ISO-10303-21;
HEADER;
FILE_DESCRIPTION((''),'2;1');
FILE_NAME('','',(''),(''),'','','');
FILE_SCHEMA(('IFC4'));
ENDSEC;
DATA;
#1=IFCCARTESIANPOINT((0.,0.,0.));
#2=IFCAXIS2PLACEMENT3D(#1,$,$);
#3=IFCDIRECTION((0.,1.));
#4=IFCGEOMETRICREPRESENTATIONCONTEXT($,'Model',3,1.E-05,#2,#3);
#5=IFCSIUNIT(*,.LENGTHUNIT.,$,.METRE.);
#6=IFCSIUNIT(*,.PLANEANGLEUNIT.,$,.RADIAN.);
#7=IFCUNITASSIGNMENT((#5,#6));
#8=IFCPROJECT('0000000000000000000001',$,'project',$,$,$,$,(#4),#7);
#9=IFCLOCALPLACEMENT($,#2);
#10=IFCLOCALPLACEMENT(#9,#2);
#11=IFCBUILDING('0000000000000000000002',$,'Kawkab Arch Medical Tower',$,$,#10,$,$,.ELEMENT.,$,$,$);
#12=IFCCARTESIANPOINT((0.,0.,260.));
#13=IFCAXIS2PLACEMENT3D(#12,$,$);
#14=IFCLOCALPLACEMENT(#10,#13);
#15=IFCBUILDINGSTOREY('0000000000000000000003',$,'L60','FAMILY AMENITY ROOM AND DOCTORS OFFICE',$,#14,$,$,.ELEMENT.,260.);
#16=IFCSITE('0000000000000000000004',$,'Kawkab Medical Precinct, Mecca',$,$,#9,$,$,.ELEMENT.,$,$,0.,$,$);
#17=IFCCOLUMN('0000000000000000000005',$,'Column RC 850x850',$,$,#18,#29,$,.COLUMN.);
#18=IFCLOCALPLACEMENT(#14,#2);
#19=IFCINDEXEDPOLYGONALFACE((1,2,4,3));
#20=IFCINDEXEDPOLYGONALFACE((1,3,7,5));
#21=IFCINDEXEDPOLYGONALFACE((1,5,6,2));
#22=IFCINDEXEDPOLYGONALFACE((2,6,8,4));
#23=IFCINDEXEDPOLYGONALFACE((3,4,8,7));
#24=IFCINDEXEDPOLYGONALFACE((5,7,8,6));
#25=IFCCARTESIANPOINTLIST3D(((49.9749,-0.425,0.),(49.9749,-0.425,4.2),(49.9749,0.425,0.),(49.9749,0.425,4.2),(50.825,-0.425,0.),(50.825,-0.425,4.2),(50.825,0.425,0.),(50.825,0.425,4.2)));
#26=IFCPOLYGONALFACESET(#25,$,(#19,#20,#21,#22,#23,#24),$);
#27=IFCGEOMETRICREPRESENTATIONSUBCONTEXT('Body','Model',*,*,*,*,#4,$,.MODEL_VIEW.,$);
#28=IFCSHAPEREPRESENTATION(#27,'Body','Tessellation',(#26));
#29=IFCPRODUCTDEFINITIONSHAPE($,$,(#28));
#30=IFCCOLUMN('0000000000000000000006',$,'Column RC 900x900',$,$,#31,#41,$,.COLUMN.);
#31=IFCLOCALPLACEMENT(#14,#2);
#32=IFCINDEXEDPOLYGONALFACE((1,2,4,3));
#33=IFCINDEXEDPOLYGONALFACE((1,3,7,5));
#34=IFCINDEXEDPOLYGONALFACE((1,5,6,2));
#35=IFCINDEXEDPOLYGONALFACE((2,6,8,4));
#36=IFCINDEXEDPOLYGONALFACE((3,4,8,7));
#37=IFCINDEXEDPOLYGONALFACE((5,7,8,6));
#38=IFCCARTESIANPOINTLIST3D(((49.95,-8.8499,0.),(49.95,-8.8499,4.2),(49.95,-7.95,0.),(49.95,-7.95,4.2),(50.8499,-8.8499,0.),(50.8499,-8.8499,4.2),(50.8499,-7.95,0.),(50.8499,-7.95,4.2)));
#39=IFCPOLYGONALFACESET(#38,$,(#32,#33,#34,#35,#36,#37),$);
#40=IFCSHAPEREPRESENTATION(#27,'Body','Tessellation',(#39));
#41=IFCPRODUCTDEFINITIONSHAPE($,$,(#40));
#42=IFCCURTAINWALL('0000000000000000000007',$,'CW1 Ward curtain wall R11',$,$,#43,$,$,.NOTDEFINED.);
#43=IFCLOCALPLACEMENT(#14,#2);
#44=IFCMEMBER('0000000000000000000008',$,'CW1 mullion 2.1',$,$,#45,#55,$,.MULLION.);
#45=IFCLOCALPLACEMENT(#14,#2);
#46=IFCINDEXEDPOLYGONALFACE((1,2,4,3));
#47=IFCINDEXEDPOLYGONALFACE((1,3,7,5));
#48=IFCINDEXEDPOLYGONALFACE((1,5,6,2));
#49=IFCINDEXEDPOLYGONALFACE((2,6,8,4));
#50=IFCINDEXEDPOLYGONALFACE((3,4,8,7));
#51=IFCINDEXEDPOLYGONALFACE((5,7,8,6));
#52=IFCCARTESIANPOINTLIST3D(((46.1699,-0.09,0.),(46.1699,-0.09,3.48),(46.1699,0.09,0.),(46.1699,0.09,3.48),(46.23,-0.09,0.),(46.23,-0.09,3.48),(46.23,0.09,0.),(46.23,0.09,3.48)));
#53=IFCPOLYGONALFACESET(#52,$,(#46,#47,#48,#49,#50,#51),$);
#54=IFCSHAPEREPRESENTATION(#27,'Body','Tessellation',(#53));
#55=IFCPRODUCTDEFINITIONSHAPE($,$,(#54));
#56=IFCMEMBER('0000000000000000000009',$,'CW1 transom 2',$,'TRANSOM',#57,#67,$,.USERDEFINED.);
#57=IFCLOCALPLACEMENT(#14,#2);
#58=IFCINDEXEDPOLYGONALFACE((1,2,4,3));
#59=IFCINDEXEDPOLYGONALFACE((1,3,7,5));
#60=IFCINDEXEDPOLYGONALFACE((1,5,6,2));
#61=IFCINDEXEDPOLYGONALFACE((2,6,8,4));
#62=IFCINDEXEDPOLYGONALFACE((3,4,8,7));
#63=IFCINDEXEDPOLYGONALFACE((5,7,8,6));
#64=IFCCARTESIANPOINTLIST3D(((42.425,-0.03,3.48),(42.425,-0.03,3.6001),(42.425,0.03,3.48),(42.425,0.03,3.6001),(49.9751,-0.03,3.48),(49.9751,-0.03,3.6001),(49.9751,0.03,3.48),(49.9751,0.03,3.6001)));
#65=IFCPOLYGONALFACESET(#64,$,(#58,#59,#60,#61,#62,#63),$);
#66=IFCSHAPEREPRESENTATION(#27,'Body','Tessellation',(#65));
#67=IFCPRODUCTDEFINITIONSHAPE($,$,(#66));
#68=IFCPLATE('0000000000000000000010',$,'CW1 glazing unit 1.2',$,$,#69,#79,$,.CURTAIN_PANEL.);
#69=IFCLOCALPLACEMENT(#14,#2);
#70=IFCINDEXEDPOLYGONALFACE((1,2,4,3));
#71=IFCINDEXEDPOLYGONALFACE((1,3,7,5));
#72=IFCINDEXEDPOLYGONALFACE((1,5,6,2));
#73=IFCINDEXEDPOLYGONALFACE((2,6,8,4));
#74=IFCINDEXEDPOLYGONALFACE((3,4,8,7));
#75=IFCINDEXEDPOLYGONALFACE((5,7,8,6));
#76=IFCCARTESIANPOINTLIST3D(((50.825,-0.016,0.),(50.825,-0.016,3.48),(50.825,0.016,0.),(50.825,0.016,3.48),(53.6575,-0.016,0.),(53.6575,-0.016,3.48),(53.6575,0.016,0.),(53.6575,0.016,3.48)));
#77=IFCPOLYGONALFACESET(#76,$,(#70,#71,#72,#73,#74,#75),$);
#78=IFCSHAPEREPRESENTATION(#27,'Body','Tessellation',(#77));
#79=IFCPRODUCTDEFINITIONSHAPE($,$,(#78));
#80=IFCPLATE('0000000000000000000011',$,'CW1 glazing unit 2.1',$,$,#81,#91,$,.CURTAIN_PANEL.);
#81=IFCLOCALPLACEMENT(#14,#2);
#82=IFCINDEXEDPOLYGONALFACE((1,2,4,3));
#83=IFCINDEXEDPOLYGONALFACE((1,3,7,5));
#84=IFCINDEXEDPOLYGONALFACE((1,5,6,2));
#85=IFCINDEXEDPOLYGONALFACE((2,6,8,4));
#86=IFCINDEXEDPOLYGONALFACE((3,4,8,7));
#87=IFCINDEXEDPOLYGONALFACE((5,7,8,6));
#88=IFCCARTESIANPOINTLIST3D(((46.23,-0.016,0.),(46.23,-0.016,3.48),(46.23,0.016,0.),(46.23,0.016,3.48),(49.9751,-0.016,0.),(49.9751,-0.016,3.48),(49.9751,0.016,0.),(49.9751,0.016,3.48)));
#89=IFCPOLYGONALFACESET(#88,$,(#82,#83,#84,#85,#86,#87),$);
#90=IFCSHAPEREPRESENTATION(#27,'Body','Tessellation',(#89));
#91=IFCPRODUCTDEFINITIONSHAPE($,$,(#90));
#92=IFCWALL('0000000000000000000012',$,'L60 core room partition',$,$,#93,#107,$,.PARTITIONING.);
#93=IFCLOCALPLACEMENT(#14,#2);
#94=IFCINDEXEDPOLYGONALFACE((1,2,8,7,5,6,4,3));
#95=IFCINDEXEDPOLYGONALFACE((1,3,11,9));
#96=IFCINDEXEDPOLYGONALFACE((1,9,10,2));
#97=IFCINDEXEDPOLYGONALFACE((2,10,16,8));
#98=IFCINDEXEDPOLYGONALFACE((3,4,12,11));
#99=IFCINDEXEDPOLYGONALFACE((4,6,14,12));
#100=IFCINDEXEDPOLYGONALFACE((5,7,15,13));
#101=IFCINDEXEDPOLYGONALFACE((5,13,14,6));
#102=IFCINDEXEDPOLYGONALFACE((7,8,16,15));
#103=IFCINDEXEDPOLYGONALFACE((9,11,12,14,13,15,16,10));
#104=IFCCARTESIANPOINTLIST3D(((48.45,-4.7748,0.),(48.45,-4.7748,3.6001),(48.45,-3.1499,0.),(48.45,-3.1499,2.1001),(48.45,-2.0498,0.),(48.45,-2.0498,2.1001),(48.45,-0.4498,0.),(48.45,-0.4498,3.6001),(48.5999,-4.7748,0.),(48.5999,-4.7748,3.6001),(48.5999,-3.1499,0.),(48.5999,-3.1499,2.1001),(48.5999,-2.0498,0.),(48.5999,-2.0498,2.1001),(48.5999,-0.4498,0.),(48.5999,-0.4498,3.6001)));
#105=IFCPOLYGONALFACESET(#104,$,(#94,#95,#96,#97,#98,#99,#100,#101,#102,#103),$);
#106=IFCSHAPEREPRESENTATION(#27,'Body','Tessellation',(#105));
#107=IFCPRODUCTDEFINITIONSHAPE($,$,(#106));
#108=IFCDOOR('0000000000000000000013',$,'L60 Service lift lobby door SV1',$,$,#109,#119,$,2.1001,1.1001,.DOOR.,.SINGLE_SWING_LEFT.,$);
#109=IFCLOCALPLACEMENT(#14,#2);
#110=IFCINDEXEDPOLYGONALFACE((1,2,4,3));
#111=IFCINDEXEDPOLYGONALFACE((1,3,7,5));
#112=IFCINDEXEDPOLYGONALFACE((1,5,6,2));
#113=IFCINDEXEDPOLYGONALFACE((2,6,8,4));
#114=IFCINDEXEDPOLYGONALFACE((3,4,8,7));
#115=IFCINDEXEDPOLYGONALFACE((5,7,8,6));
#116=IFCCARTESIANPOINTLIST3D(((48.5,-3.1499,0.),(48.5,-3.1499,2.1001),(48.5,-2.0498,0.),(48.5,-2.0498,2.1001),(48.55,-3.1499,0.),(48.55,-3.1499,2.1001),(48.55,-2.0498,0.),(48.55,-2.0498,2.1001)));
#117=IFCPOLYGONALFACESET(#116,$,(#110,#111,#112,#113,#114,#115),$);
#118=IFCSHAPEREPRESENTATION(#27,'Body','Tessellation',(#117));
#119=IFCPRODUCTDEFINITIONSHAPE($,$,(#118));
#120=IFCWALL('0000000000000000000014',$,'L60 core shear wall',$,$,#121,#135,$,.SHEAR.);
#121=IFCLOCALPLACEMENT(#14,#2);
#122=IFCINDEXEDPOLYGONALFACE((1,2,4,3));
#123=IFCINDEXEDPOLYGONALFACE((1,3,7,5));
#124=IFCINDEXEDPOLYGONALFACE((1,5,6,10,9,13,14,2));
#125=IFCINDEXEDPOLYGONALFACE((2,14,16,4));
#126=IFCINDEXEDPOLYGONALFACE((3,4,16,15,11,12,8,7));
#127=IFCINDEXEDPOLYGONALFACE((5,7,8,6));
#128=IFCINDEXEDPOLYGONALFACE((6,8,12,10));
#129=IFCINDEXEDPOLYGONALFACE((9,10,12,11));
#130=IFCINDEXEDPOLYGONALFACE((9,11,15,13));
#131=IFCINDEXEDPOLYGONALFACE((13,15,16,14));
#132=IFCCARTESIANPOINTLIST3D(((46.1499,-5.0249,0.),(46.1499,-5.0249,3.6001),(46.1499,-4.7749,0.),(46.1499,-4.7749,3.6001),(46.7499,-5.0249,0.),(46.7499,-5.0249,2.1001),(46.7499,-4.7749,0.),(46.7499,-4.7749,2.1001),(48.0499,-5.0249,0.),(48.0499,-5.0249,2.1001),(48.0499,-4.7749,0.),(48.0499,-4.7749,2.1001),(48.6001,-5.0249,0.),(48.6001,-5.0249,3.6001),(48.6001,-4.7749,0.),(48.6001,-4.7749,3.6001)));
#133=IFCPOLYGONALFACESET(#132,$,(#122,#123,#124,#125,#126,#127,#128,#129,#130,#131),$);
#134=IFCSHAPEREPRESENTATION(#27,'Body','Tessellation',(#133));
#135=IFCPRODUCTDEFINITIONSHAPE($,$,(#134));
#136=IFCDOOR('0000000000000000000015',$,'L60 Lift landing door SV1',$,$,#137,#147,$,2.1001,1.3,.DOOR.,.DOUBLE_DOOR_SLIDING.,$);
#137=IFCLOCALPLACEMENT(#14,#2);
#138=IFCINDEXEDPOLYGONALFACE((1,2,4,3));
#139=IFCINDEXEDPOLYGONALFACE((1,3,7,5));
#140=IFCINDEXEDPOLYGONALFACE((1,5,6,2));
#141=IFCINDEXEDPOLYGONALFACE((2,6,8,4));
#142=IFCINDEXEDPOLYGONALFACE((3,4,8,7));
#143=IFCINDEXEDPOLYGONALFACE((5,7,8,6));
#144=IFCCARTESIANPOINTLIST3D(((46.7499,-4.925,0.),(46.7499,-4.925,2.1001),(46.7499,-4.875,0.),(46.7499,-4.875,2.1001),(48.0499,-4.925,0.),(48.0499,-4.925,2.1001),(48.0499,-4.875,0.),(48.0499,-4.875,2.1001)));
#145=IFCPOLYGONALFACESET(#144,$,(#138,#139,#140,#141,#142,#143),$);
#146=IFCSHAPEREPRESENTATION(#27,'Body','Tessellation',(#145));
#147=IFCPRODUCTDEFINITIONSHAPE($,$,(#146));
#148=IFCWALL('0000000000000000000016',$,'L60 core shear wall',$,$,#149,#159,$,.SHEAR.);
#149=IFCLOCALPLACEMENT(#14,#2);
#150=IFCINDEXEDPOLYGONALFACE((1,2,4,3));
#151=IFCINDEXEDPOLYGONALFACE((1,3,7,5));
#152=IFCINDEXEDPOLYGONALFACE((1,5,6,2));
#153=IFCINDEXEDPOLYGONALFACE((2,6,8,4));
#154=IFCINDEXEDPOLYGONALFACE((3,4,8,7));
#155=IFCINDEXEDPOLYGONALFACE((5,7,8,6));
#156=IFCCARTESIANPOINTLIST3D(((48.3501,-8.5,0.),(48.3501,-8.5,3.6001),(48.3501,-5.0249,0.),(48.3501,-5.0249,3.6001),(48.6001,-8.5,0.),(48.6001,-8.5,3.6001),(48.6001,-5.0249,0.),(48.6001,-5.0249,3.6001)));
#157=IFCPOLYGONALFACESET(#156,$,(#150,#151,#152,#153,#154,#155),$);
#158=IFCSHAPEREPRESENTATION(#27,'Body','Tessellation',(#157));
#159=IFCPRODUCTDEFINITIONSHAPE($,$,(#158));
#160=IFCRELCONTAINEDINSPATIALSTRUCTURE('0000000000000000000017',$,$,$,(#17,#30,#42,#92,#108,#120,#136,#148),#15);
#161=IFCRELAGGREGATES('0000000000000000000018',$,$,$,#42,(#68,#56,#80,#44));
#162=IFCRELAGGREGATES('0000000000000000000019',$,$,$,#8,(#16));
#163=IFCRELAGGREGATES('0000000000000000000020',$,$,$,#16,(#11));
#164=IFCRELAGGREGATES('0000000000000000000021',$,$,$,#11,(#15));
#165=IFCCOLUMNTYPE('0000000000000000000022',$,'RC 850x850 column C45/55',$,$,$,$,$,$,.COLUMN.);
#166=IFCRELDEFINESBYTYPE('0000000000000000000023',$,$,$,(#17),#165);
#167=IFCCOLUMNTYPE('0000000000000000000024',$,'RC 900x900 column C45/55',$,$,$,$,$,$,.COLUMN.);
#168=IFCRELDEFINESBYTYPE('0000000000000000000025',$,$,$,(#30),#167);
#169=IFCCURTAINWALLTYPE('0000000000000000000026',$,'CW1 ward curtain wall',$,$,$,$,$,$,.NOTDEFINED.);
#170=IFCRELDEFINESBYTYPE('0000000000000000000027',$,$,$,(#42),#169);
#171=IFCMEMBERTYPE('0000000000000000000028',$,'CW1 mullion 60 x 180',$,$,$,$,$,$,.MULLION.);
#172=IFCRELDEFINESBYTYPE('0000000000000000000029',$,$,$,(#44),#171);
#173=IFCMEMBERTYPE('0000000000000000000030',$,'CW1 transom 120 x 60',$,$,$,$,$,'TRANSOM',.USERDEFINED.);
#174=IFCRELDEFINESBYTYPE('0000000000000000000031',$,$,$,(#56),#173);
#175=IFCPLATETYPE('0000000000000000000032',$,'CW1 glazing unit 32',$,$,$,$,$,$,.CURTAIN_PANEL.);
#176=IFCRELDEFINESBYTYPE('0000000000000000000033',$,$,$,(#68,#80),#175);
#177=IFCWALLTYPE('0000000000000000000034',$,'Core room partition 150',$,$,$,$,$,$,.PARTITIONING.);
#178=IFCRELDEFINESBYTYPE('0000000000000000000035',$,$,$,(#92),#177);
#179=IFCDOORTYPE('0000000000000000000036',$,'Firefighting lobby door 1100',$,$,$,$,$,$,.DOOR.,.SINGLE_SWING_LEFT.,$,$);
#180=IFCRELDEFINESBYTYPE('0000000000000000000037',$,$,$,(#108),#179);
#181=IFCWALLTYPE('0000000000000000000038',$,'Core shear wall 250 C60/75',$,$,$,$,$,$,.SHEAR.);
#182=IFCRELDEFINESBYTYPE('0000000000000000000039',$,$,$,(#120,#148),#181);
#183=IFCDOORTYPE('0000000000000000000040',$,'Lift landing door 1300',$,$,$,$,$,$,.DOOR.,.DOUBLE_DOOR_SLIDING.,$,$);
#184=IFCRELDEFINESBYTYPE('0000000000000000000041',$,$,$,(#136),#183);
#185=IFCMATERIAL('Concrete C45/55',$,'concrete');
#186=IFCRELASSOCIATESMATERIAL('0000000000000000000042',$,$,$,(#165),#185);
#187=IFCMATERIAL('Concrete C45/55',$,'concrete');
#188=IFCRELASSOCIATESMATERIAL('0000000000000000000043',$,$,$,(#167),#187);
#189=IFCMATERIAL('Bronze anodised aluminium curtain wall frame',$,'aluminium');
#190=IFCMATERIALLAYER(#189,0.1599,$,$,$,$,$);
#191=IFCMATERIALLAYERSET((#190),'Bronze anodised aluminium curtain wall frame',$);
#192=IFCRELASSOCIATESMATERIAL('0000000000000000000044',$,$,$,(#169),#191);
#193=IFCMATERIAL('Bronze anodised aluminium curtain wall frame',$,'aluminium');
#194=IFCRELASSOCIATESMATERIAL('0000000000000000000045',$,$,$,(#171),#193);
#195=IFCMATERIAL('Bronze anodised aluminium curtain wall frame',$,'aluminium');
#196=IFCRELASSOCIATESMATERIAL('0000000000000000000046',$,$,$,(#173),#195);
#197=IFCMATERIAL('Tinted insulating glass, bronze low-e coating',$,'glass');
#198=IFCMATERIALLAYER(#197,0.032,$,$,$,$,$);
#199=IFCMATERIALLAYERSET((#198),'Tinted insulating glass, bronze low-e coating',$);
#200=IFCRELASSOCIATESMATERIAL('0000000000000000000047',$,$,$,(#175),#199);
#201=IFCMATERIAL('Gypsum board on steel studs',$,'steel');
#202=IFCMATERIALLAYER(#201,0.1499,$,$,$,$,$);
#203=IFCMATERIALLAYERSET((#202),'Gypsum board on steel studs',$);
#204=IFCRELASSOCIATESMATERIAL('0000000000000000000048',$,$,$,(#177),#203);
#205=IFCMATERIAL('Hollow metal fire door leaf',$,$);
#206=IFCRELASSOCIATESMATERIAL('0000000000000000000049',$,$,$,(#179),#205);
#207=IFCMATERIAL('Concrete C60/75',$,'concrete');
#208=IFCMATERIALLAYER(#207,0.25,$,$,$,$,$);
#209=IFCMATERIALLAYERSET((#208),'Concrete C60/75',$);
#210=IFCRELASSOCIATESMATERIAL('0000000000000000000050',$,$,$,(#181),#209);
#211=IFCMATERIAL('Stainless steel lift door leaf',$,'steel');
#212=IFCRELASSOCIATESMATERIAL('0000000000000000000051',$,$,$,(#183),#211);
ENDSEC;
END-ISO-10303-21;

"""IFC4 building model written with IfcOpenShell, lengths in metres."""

from ifc_helpers import new_model, si_unit, direction, frame, frame_2d, origin, origin_2d, place, context, subcontext, project, spatial, rectangle, extrude, material, layer, layer_set, material_profile, profile_set, type_object, element, fill, aggregate, save


model = new_model("IFC4")

# Units and contexts
model_context = context("Model", 3, precision=1e-05, world=origin(), true_north=direction((0.0, 1.0)))
body_context = subcontext(model_context, "Body", "Model", "MODEL_VIEW")
ifc_project = project(units=[si_unit("LENGTHUNIT", "METRE"), si_unit("PLANEANGLEUNIT", "RADIAN")], contexts=[model_context])

# Site, building, storey
site_placement = place(None, origin())
site = spatial("IfcSite", under=ifc_project, at=site_placement, Name="Kawkab Medical Precinct, Mecca", CompositionType="ELEMENT", RefElevation=0.0)
building_placement = place(site_placement, origin())
building = spatial("IfcBuilding", under=site, at=building_placement, Name="Kawkab Arch Medical Tower", CompositionType="ELEMENT")
storey_placement = place(building_placement, frame((0.0, 0.0, 260.0)))
storey = spatial("IfcBuildingStorey", under=building, at=storey_placement, Name="L60", Description="FAMILY AMENITY ROOM AND DOCTORS OFFICE", CompositionType="ELEMENT", Elevation=260.0)

# Columns
ifc_material_1 = material(Name="Concrete C45/55", Category="concrete")
ifc_material_profile_1 = material_profile(ifc_material_1, rectangle(XDim=0.8501, YDim=0.8501, at=origin_2d()), Name="RC 850x850")
ifc_profile_set_1 = profile_set([ifc_material_profile_1], Name="Concrete C45/55")
column_type_1 = type_object("IfcColumnType", Name="RC 850x850 column C45/55", PredefinedType="COLUMN", material=ifc_profile_set_1)
column_1_placement = place(storey_placement, frame((50.3999, 0.0, 0.0), z_axis=(0.0, 0.0, 1.0), x_axis=(1.0, 0.0, 0.0)))
element("IfcColumn", 1, at=column_1_placement, inside=storey, type_object=column_type_1, Name="Column RC 850x850", PredefinedType="COLUMN", context=body_context, shape_type="SweptSolid", body=[
    extrude(rectangle(XDim=0.8501, YDim=0.8501, at=origin_2d()), origin(), (0.0, 0.0, 1.0), 4.2),
])
ifc_material_2 = material(Name="Concrete C45/55", Category="concrete")
ifc_material_profile_2 = material_profile(ifc_material_2, rectangle(XDim=0.8999, YDim=0.8999, at=origin_2d()), Name="RC 900x900")
ifc_profile_set_2 = profile_set([ifc_material_profile_2], Name="Concrete C45/55")
column_type_2 = type_object("IfcColumnType", Name="RC 900x900 column C45/55", PredefinedType="COLUMN", material=ifc_profile_set_2)
column_2_placement = place(storey_placement, frame((50.3999, -8.3999, 0.0), z_axis=(0.0, 0.0, 1.0), x_axis=(1.0, 0.0, 0.0)))
element("IfcColumn", 2, at=column_2_placement, inside=storey, type_object=column_type_2, Name="Column RC 900x900", PredefinedType="COLUMN", context=body_context, shape_type="SweptSolid", body=[
    extrude(rectangle(XDim=0.8999, YDim=0.8999, at=origin_2d()), origin(), (0.0, 0.0, 1.0), 4.2),
])

# Curtain wall, members, plates
ifc_material_3 = material(Name="Bronze anodised aluminium curtain wall frame", Category="aluminium")
ifc_layer_1 = layer(ifc_material_3, 0.1599)
ifc_layer_set_1 = layer_set([ifc_layer_1], Name="Bronze anodised aluminium curtain wall frame")
curtain_wall_type = type_object("IfcCurtainWallType", Name="CW1 ward curtain wall", PredefinedType="NOTDEFINED", material=ifc_layer_set_1)
placement = place(storey_placement, origin())
curtain_wall = element("IfcCurtainWall", 3, at=placement, inside=storey, type_object=curtain_wall_type, Name="CW1 Ward curtain wall R11", PredefinedType="NOTDEFINED")
ifc_material_4 = material(Name="Bronze anodised aluminium curtain wall frame", Category="aluminium")
ifc_material_profile_3 = material_profile(ifc_material_4, rectangle(XDim=0.1799, YDim=0.0601, at=origin_2d()), Name="AL 60x180")
ifc_profile_set_3 = profile_set([ifc_material_profile_3], Name="Bronze anodised aluminium curtain wall frame")
member_type_1 = type_object("IfcMemberType", Name="CW1 mullion 60 x 180", PredefinedType="MULLION", material=ifc_profile_set_3)
member_1_placement = place(storey_placement, frame((46.2, 0.0, 0.0), z_axis=(0.0, 0.0, 1.0), x_axis=(0.0, -1.0, 0.0)))
member_1 = element("IfcMember", 4, at=member_1_placement, type_object=member_type_1, Name="CW1 mullion 2.1", PredefinedType="MULLION", context=body_context, shape_type="SweptSolid", body=[
    extrude(rectangle(XDim=0.1799, YDim=0.0601, at=origin_2d()), origin(), (0.0, 0.0, 1.0), 3.48),
])
ifc_material_5 = material(Name="Bronze anodised aluminium curtain wall frame", Category="aluminium")
ifc_material_profile_4 = material_profile(ifc_material_5, rectangle(XDim=0.0601, YDim=0.1201, at=origin_2d()), Name="AL 60x120")
ifc_profile_set_4 = profile_set([ifc_material_profile_4], Name="Bronze anodised aluminium curtain wall frame")
member_type_2 = type_object("IfcMemberType", Name="CW1 transom 120 x 60", ElementType="TRANSOM", PredefinedType="USERDEFINED", material=ifc_profile_set_4)
member_2_placement = place(storey_placement, frame((49.9751, 0.0, 3.54), z_axis=(-1.0, 0.0, 0.0), x_axis=(0.0, -1.0, 0.0)))
member_2 = element("IfcMember", 5, at=member_2_placement, type_object=member_type_2, Name="CW1 transom 2", ObjectType="TRANSOM", PredefinedType="USERDEFINED", context=body_context, shape_type="SweptSolid", body=[
    extrude(rectangle(XDim=0.0601, YDim=0.1201, at=origin_2d()), origin(), (0.0, 0.0, 1.0), 7.55),
])
ifc_material_6 = material(Name="Tinted insulating glass, bronze low-e coating", Category="glass")
ifc_layer_2 = layer(ifc_material_6, 0.032)
ifc_layer_set_2 = layer_set([ifc_layer_2], Name="Tinted insulating glass, bronze low-e coating")
plate_type = type_object("IfcPlateType", Name="CW1 glazing unit 32", PredefinedType="CURTAIN_PANEL", material=ifc_layer_set_2)
plate_1_placement = place(storey_placement, frame((52.2412, 0.0, 0.0), z_axis=(0.0, 0.0, 1.0), x_axis=(-1.0, 0.0, 0.0)))
plate_1 = element("IfcPlate", 6, at=plate_1_placement, type_object=plate_type, Name="CW1 glazing unit 1.2", PredefinedType="CURTAIN_PANEL", context=body_context, shape_type="SweptSolid", body=[
    extrude(rectangle(XDim=2.8325, YDim=0.032, at=origin_2d()), origin(), (0.0, 0.0, 1.0), 3.48),
])
plate_2_placement = place(storey_placement, frame((48.1025, 0.0, 0.0), z_axis=(0.0, 0.0, 1.0), x_axis=(-1.0, 0.0, 0.0)))
plate_2 = element("IfcPlate", 7, at=plate_2_placement, type_object=plate_type, Name="CW1 glazing unit 2.1", PredefinedType="CURTAIN_PANEL", context=body_context, shape_type="SweptSolid", body=[
    extrude(rectangle(XDim=3.7451, YDim=0.032, at=origin_2d()), origin(), (0.0, 0.0, 1.0), 3.48),
])
aggregate(curtain_wall, [plate_1, member_2, plate_2, member_1])

# Walls, openings, doors
ifc_material_7 = material(Name="Gypsum board on steel studs", Category="steel")
ifc_layer_3 = layer(ifc_material_7, 0.1499)
ifc_layer_set_3 = layer_set([ifc_layer_3], Name="Gypsum board on steel studs")
wall_type_1 = type_object("IfcWallType", Name="Core room partition 150", PredefinedType="PARTITIONING", material=ifc_layer_set_3)
wall_1_placement = place(storey_placement, frame((48.5249, -4.7749, 0.0), z_axis=(0.0, 0.0, 1.0), x_axis=(0.0, 1.0, 0.0)))
wall_1 = element("IfcWall", 8, at=wall_1_placement, inside=storey, type_object=wall_type_1, Name="L60 core room partition", PredefinedType="PARTITIONING", context=body_context, shape_type="SweptSolid", body=[
    extrude(rectangle(XDim=4.325, YDim=0.1499, at=frame_2d((2.1626, 0.0))), origin(), (0.0, 0.0, 1.0), 3.6001),
])
opening_1_placement = place(wall_1_placement, frame((1.625, 0.0, 0.0)))
opening_1 = element("IfcOpeningElement", 9, at=opening_1_placement, cuts=wall_1, PredefinedType="OPENING", context=body_context, shape_type="SweptSolid", body=[
    extrude(rectangle(XDim=1.1001, YDim=2.1001, at=frame_2d((0.55, 1.05))), frame((0.0, 0.085, 0.0), z_axis=(0.0, -1.0, 0.0), x_axis=(1.0, 0.0, 0.0)), (0.0, 0.0, 1.0), 0.1699),
])
ifc_material_8 = material(Name="Hollow metal fire door leaf")
door_type_1 = type_object("IfcDoorType", Name="Firefighting lobby door 1100", OperationType="SINGLE_SWING_LEFT", PredefinedType="DOOR", material=ifc_material_8)
door_1_placement = place(opening_1_placement, origin())
door_1 = element("IfcDoor", 10, at=door_1_placement, inside=storey, type_object=door_type_1, Name="L60 Service lift lobby door SV1", OperationType="SINGLE_SWING_LEFT", OverallHeight=2.1001, OverallWidth=1.1001, PredefinedType="DOOR", context=body_context, shape_type="SweptSolid", body=[
    extrude(rectangle(XDim=1.1001, YDim=2.1001, at=frame_2d((0.55, 1.05))), frame((0.0, 0.0249, 0.0), z_axis=(0.0, -1.0, 0.0), x_axis=(1.0, 0.0, 0.0)), (0.0, 0.0, 1.0), 0.05),
])
fill(opening_1, door_1)
ifc_material_9 = material(Name="Concrete C60/75", Category="concrete")
ifc_layer_4 = layer(ifc_material_9, 0.25)
ifc_layer_set_4 = layer_set([ifc_layer_4], Name="Concrete C60/75")
wall_type_2 = type_object("IfcWallType", Name="Core shear wall 250 C60/75", PredefinedType="SHEAR", material=ifc_layer_set_4)
wall_2_placement = place(storey_placement, frame((46.1499, -4.8999, 0.0), z_axis=(0.0, 0.0, 1.0), x_axis=(1.0, 0.0, 0.0)))
wall_2 = element("IfcWall", 11, at=wall_2_placement, inside=storey, type_object=wall_type_2, Name="L60 core shear wall", PredefinedType="SHEAR", context=body_context, shape_type="SweptSolid", body=[
    extrude(rectangle(XDim=2.4502, YDim=0.25, at=frame_2d((1.2251, 0.0))), origin(), (0.0, 0.0, 1.0), 3.6001),
])
opening_2_placement = place(wall_2_placement, frame((0.6001, 0.0, 0.0)))
opening_2 = element("IfcOpeningElement", 12, at=opening_2_placement, cuts=wall_2, PredefinedType="OPENING", context=body_context, shape_type="SweptSolid", body=[
    extrude(rectangle(XDim=1.3, YDim=2.1001, at=frame_2d((0.6499, 1.05))), frame((0.0, 0.135, 0.0), z_axis=(0.0, -1.0, 0.0), x_axis=(1.0, 0.0, 0.0)), (0.0, 0.0, 1.0), 0.27),
])
ifc_material_10 = material(Name="Stainless steel lift door leaf", Category="steel")
door_type_2 = type_object("IfcDoorType", Name="Lift landing door 1300", OperationType="DOUBLE_DOOR_SLIDING", PredefinedType="DOOR", material=ifc_material_10)
door_2_placement = place(opening_2_placement, origin())
door_2 = element("IfcDoor", 13, at=door_2_placement, inside=storey, type_object=door_type_2, Name="L60 Lift landing door SV1", OperationType="DOUBLE_DOOR_SLIDING", OverallHeight=2.1001, OverallWidth=1.3, PredefinedType="DOOR", context=body_context, shape_type="SweptSolid", body=[
    extrude(rectangle(XDim=1.3, YDim=2.1001, at=frame_2d((0.6499, 1.05))), frame((0.0, 0.0249, 0.0), z_axis=(0.0, -1.0, 0.0), x_axis=(1.0, 0.0, 0.0)), (0.0, 0.0, 1.0), 0.05),
])
fill(opening_2, door_2)

# Wall
wall_3_placement = place(storey_placement, frame((48.4751, -8.5, 0.0), z_axis=(0.0, 0.0, 1.0), x_axis=(0.0, 1.0, 0.0)))
element("IfcWall", 14, at=wall_3_placement, inside=storey, type_object=wall_type_2, Name="L60 core shear wall", PredefinedType="SHEAR", context=body_context, shape_type="SweptSolid", body=[
    extrude(rectangle(XDim=3.4751, YDim=0.25, at=frame_2d((1.7375, 0.0))), origin(), (0.0, 0.0, 1.0), 3.6001),
])

save(model, "model.ifc")
